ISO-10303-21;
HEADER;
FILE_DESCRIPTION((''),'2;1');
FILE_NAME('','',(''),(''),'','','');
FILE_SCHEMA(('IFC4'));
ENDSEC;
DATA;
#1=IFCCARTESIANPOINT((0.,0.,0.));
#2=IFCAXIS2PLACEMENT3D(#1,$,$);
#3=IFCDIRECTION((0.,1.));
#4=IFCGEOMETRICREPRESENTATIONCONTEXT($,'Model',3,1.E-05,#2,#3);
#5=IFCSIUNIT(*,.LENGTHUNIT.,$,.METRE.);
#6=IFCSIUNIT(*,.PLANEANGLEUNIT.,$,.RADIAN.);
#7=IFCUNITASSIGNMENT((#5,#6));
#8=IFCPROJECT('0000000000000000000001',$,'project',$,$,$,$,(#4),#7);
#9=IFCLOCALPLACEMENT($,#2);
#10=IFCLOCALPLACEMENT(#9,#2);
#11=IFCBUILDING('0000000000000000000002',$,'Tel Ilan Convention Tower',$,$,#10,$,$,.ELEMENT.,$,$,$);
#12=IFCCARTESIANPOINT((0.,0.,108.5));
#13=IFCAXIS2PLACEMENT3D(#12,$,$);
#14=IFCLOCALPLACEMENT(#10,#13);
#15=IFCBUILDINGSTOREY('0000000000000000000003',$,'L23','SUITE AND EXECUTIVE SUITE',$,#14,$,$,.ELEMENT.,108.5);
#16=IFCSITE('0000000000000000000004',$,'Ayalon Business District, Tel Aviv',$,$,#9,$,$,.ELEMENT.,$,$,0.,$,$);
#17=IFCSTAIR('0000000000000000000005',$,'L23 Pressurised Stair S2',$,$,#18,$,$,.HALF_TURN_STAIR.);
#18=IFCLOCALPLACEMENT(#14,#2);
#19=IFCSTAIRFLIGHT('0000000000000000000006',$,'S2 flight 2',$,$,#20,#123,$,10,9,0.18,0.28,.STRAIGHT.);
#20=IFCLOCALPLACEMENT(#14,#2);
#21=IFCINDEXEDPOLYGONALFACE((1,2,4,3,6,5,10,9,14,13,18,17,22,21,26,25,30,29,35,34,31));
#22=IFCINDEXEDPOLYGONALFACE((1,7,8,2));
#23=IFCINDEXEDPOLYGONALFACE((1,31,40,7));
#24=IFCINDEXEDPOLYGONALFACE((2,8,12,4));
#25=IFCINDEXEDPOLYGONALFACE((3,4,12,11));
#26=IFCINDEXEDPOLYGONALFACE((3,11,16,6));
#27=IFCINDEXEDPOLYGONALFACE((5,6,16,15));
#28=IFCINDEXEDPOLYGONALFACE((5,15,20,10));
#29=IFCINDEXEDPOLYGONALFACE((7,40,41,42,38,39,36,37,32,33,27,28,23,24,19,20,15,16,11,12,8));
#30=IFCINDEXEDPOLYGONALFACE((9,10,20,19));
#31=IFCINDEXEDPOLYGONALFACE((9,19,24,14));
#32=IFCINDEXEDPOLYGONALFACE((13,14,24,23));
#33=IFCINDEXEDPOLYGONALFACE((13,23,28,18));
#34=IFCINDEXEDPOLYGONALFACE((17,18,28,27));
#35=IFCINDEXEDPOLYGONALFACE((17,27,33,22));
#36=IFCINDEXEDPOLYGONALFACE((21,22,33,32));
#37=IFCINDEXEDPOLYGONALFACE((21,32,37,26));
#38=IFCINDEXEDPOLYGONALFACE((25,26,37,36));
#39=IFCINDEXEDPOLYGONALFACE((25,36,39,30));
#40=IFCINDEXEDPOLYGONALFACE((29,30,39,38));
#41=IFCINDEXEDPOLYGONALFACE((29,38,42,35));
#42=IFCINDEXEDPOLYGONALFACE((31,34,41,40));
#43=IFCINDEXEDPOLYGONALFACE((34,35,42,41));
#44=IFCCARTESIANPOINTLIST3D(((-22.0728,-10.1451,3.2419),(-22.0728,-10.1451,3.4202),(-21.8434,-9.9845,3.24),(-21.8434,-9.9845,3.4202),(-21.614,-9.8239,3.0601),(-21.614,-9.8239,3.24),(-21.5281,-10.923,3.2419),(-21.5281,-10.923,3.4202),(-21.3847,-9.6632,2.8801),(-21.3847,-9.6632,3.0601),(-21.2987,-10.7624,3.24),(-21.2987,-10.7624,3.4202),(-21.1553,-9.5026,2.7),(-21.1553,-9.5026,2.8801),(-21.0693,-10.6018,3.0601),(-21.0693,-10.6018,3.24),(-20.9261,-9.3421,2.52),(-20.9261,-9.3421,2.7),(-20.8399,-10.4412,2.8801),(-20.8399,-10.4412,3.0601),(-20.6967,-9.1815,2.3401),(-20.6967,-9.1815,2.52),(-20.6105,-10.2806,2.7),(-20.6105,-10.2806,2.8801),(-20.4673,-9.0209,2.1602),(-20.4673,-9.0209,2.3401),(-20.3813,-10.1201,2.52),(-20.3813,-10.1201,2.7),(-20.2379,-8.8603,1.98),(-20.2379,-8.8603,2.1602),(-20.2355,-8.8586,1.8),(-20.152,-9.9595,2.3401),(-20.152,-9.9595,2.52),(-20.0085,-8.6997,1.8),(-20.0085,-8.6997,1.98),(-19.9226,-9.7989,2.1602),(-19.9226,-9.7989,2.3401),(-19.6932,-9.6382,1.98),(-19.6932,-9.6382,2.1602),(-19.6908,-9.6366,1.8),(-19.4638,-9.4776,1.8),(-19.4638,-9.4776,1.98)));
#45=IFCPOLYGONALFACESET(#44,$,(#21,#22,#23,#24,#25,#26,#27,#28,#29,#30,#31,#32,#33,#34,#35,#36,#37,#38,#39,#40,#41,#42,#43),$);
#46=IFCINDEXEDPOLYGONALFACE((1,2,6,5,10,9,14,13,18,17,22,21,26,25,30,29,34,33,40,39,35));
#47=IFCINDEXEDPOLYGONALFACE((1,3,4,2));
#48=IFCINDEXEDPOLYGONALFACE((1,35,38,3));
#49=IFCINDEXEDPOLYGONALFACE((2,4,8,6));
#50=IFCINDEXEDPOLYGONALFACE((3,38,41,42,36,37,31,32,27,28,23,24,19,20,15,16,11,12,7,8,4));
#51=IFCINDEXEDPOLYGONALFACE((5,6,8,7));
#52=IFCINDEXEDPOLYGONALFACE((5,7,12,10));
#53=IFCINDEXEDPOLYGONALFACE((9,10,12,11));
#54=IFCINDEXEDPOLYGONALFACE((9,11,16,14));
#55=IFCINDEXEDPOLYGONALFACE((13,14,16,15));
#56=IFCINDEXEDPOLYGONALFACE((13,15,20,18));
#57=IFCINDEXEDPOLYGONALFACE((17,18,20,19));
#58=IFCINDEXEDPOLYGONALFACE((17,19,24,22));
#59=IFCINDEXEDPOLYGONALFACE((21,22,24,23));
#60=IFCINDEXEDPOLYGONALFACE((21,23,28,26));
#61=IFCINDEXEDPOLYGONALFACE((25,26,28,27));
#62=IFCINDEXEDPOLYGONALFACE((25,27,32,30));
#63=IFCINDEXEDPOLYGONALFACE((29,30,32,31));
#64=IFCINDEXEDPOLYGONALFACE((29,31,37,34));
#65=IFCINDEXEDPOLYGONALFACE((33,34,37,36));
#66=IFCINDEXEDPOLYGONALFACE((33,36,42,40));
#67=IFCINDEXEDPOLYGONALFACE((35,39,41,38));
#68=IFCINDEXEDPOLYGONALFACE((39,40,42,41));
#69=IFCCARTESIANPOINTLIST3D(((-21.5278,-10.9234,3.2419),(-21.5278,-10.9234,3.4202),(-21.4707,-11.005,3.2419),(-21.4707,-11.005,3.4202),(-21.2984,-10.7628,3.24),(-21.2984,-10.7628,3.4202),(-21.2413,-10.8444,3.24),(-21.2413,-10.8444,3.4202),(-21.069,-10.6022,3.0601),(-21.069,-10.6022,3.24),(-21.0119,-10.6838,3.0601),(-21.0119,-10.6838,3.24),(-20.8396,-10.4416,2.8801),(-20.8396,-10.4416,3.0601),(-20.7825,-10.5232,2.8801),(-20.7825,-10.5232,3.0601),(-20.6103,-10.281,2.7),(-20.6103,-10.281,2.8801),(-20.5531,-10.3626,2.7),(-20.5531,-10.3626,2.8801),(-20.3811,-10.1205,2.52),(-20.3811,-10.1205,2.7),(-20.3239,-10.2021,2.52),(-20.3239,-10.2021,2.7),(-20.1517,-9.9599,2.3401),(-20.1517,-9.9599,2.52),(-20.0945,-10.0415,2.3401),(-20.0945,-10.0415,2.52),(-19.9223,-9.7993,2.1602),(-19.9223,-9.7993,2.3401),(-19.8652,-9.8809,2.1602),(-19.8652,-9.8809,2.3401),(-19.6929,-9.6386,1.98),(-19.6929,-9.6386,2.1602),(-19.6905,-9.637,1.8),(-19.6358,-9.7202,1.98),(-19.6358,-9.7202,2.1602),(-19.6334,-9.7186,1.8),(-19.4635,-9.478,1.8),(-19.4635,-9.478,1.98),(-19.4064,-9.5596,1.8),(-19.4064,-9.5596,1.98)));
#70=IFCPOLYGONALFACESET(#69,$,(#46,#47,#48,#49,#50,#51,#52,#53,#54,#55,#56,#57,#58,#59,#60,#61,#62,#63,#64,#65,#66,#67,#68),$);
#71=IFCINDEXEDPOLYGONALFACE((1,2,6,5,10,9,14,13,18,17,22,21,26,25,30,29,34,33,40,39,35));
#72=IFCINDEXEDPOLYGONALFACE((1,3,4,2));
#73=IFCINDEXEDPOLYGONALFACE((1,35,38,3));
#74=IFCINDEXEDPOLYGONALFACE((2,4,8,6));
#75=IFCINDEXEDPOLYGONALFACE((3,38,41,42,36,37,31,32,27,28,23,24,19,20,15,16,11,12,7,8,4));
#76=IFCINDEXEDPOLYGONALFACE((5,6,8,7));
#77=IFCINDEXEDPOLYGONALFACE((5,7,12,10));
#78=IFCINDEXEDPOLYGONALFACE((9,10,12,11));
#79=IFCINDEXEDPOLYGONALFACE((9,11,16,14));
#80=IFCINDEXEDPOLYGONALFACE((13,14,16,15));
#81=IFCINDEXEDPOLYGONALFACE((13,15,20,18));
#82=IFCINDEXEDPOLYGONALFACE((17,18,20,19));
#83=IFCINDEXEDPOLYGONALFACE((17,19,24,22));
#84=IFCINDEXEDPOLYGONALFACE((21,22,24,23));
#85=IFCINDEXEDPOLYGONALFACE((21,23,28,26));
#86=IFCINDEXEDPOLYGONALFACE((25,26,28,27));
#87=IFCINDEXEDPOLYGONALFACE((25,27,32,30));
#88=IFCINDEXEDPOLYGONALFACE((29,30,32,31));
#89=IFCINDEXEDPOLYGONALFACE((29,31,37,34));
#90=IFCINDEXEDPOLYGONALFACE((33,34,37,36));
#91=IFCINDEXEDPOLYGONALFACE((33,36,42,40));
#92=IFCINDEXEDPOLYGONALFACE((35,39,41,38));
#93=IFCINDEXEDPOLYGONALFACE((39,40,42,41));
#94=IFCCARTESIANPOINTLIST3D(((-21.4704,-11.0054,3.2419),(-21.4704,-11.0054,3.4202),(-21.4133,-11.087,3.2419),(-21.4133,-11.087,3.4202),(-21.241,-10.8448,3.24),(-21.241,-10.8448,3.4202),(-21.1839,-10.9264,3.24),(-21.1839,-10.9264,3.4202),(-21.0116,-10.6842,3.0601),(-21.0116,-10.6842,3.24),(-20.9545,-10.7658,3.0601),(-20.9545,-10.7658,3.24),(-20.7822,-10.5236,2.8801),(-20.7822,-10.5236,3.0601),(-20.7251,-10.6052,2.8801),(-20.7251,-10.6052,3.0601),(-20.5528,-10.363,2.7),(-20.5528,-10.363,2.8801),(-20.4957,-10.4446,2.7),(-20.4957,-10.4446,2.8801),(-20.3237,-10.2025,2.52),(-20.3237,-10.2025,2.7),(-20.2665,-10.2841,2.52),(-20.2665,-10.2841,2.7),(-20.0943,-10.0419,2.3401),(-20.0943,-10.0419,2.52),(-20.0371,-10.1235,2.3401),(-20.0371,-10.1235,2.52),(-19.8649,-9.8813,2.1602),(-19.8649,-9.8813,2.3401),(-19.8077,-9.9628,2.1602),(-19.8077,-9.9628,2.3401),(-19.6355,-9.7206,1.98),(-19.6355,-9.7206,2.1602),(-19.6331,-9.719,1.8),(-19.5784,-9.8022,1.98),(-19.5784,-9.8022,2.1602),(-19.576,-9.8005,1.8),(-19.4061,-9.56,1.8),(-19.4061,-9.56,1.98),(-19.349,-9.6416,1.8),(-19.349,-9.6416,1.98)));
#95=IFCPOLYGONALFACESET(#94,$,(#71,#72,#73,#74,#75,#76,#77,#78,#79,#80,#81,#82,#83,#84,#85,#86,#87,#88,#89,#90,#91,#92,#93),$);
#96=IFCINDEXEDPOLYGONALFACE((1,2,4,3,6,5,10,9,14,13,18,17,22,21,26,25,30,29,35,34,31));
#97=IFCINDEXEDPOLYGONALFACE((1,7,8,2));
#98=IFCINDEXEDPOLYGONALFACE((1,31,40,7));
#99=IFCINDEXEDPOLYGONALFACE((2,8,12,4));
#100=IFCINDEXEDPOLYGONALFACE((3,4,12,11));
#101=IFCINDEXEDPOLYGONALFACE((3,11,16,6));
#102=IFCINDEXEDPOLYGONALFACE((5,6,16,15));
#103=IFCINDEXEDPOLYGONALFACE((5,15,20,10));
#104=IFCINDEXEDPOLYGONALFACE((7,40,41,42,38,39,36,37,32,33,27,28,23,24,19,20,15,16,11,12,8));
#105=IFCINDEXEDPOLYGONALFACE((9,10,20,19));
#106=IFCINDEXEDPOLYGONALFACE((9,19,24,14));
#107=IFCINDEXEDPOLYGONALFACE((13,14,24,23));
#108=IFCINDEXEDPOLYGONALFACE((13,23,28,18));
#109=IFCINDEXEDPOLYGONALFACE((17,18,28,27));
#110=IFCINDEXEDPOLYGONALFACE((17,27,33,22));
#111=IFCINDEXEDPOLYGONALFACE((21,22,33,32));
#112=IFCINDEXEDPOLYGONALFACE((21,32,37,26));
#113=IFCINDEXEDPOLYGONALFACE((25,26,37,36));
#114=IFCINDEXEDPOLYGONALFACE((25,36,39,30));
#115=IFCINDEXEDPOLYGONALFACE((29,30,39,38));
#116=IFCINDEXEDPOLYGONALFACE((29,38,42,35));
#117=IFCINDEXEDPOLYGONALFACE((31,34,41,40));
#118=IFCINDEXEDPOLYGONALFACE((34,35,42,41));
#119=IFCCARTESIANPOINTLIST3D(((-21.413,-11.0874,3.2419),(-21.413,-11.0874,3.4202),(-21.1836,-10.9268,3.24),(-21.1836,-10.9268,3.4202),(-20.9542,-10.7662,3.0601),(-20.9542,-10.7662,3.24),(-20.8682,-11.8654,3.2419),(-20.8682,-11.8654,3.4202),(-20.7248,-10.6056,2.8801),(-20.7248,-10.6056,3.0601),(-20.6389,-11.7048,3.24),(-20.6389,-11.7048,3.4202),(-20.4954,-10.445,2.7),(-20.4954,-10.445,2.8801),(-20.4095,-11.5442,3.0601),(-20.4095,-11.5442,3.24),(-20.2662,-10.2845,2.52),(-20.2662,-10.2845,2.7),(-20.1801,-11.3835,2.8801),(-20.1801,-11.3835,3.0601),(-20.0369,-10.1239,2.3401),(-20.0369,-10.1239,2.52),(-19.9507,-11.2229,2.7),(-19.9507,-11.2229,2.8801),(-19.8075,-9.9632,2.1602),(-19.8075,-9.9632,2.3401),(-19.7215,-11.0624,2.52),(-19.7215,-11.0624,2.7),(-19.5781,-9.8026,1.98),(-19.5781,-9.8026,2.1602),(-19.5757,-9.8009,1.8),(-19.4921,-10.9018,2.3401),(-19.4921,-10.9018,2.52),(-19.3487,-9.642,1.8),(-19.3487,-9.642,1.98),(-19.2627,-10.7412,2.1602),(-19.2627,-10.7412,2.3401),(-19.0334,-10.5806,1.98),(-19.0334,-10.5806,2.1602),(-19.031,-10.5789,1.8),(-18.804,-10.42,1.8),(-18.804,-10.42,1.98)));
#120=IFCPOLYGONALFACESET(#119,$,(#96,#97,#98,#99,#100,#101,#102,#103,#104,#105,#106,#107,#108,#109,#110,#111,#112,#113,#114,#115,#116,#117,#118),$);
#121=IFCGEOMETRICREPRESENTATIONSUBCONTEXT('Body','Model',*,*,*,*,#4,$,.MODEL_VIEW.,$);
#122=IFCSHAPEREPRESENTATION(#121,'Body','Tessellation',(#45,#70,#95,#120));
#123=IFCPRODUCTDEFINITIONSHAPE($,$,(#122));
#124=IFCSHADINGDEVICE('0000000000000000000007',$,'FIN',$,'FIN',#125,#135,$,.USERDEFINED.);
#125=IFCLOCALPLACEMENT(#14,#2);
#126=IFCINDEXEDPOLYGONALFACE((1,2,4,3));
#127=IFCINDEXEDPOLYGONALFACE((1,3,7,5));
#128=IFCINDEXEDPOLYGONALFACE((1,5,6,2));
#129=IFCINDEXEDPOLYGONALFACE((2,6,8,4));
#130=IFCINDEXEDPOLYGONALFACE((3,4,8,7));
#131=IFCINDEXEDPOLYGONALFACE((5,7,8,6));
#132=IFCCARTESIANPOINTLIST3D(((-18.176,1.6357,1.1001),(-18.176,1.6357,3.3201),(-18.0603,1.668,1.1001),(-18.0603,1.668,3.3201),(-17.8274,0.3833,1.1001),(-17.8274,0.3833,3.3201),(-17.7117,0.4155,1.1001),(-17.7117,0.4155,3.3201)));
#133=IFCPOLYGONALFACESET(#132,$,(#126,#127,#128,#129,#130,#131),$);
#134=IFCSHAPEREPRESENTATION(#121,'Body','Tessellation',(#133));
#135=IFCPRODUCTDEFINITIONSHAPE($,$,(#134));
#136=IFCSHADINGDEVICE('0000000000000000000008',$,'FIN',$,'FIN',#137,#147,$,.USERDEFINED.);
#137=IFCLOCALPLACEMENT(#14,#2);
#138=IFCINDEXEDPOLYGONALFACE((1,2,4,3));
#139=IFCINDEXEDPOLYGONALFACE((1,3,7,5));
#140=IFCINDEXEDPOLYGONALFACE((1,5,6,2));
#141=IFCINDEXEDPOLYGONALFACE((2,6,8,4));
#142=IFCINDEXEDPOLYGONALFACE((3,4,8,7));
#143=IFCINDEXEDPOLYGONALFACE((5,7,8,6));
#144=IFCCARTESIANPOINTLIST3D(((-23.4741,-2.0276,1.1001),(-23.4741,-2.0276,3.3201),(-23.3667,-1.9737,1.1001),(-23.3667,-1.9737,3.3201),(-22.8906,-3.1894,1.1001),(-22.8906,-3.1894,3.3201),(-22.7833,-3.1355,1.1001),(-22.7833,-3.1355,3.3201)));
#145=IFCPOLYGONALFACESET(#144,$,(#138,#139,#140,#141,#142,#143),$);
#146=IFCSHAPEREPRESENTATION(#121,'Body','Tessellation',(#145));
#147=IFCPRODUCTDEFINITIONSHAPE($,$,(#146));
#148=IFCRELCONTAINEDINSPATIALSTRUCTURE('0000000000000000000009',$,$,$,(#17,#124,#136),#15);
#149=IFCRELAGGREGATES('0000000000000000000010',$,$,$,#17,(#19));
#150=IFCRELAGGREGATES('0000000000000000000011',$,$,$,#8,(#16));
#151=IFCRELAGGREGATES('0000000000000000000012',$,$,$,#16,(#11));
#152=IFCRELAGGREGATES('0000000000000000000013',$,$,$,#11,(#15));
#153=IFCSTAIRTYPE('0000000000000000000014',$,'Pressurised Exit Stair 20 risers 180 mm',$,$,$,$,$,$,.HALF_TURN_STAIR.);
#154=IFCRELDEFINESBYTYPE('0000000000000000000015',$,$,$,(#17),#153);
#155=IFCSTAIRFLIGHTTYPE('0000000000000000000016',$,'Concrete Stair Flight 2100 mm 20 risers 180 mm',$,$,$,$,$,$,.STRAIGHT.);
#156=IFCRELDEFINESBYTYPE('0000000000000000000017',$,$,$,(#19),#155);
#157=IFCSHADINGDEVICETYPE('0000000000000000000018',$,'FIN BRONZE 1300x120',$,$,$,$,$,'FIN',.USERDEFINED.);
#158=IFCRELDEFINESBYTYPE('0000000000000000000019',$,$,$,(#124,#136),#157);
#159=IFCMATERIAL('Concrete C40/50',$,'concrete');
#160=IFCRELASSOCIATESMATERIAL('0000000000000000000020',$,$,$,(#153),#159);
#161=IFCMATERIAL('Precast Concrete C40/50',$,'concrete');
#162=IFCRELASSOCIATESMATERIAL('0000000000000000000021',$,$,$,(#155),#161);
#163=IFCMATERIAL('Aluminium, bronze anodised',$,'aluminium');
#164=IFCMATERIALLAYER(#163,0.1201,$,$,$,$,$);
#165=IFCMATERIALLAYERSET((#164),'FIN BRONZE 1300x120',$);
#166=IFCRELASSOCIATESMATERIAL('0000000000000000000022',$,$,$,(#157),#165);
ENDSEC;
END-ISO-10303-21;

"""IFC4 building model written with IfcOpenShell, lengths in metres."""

from ifc_helpers import new_model, si_unit, direction, frame, origin, origin_2d, place, context, subcontext, project, spatial, polyline, rectangle, outline, extrude, material, layer, layer_set, type_object, element, aggregate, save


model = new_model("IFC4")

# Units and contexts
model_context = context("Model", 3, precision=1e-05, world=origin(), true_north=direction((0.0, 1.0)))
body_context = subcontext(model_context, "Body", "Model", "MODEL_VIEW")
ifc_project = project(units=[si_unit("LENGTHUNIT", "METRE"), si_unit("PLANEANGLEUNIT", "RADIAN")], contexts=[model_context])

# Site, building, storey
site_placement = place(None, origin())
site = spatial("IfcSite", under=ifc_project, at=site_placement, Name="Ayalon Business District, Tel Aviv", CompositionType="ELEMENT", RefElevation=0.0)
building_placement = place(site_placement, origin())
building = spatial("IfcBuilding", under=site, at=building_placement, Name="Tel Ilan Convention Tower", CompositionType="ELEMENT")
storey_placement = place(building_placement, frame((0.0, 0.0, 108.5)))
storey = spatial("IfcBuildingStorey", under=building, at=storey_placement, Name="L23", Description="SUITE AND EXECUTIVE SUITE", CompositionType="ELEMENT", Elevation=108.5)

# Stair, stair flight
ifc_material_1 = material(Name="Concrete C40/50", Category="concrete")
stair_type = type_object("IfcStairType", Name="Pressurised Exit Stair 20 risers 180 mm", PredefinedType="HALF_TURN_STAIR", material=ifc_material_1)
ifc_material_2 = material(Name="Precast Concrete C40/50", Category="concrete")
stair_flight_type = type_object("IfcStairFlightType", Name="Concrete Stair Flight 2100 mm 20 risers 180 mm", PredefinedType="STRAIGHT", material=ifc_material_2)
stair_1_placement = place(storey_placement, origin())
stair_1 = element("IfcStair", 1, at=stair_1_placement, inside=storey, type_object=stair_type, Name="L23 Pressurised Stair S2", PredefinedType="HALF_TURN_STAIR")
stair_flight_1_placement = place(storey_placement, frame((-19.4062, -9.5598, 1.8), z_axis=(0.0, 0.0, 1.0), x_axis=(-0.819152, -0.573576, 0.0)))
stair_flight_1 = element("IfcStairFlight", 2, at=stair_flight_1_placement, type_object=stair_flight_type, Name="S2 flight 2", NumberOfRisers=10, NumberOfTreads=9, PredefinedType="STRAIGHT", RiserHeight=0.18, TreadLength=0.28, context=body_context, shape_type="SweptSolid", body=[
    extrude(outline(polyline([(0.0, 0.0), (0.0, 0.1799), (0.28, 0.1799), (0.28, 0.3601), (0.5601, 0.3601), (0.5601, 0.54), (0.8401, 0.54), (0.8401, 0.72), (1.1201, 0.72), (1.1201, 0.8999), (1.3999, 0.8999), (1.3999, 1.0801), (1.6799, 1.0801), (1.6799, 1.26), (1.96, 1.26), (1.96, 1.4399), (2.24, 1.4399), (2.24, 1.6201), (2.52, 1.6201), (2.52, 1.8), (2.52, 1.4419), (0.2771, 0.0), (0.0, 0.0)])), frame((0.0, -0.1003, 0.0), z_axis=(0.0, -1.0, 0.0), x_axis=(1.0, 0.0, 0.0)), (0.0, 0.0, 1.0), 0.9497),
    extrude(outline(polyline([(0.0, 0.0), (0.0, 0.1799), (0.28, 0.1799), (0.28, 0.3601), (0.5601, 0.3601), (0.5601, 0.54), (0.8401, 0.54), (0.8401, 0.72), (1.1201, 0.72), (1.1201, 0.8999), (1.3999, 0.8999), (1.3999, 1.0801), (1.6799, 1.0801), (1.6799, 1.26), (1.96, 1.26), (1.96, 1.4399), (2.24, 1.4399), (2.24, 1.6201), (2.52, 1.6201), (2.52, 1.8), (2.52, 1.4419), (0.2771, 0.0), (0.0, 0.0)])), frame((0.0, -0.0002, 0.0), z_axis=(0.0, -1.0, 0.0), x_axis=(1.0, 0.0, 0.0)), (0.0, 0.0, 1.0), 0.0996),
    extrude(outline(polyline([(0.0, 0.0), (0.0, 0.1799), (0.28, 0.1799), (0.28, 0.3601), (0.5601, 0.3601), (0.5601, 0.54), (0.8401, 0.54), (0.8401, 0.72), (1.1201, 0.72), (1.1201, 0.8999), (1.3999, 0.8999), (1.3999, 1.0801), (1.6799, 1.0801), (1.6799, 1.26), (1.96, 1.26), (1.96, 1.4399), (2.24, 1.4399), (2.24, 1.6201), (2.52, 1.6201), (2.52, 1.8), (2.52, 1.4419), (0.2771, 0.0), (0.0, 0.0)])), frame((0.0, 0.0999, 0.0), z_axis=(0.0, -1.0, 0.0), x_axis=(1.0, 0.0, 0.0)), (0.0, 0.0, 1.0), 0.0996),
    extrude(outline(polyline([(0.0, 0.0), (0.0, 0.1799), (0.28, 0.1799), (0.28, 0.3601), (0.5601, 0.3601), (0.5601, 0.54), (0.8401, 0.54), (0.8401, 0.72), (1.1201, 0.72), (1.1201, 0.8999), (1.3999, 0.8999), (1.3999, 1.0801), (1.6799, 1.0801), (1.6799, 1.26), (1.96, 1.26), (1.96, 1.4399), (2.24, 1.4399), (2.24, 1.6201), (2.52, 1.6201), (2.52, 1.8), (2.52, 1.4419), (0.2771, 0.0), (0.0, 0.0)])), frame((0.0, 1.05, 0.0), z_axis=(0.0, -1.0, 0.0), x_axis=(1.0, 0.0, 0.0)), (0.0, 0.0, 1.0), 0.9497),
])
aggregate(stair_1, [stair_flight_1])

# Shading devices
ifc_material_3 = material(Name="Aluminium, bronze anodised", Category="aluminium")
ifc_layer_1 = layer(ifc_material_3, 0.1201)
ifc_layer_set_1 = layer_set([ifc_layer_1], Name="FIN BRONZE 1300x120")
shading_device_type = type_object("IfcShadingDeviceType", Name="FIN BRONZE 1300x120", ElementType="FIN", PredefinedType="USERDEFINED", material=ifc_layer_set_1)
for number, where, z_axis, x_axis, name in (
    (3, (-17.9438, 1.0256, 1.1001), (0.0, 0.0, 1.0), (-0.268173, 0.963371, 0.0), "FIN"),
    (4, (-23.1287, -2.5815, 1.1001), (0.0, 0.0, 1.0), (-0.448799, 0.893633, 0.0), "FIN"),
):
    element("IfcShadingDevice", number, at=place(storey_placement, frame(where, z_axis=z_axis, x_axis=x_axis)), inside=storey, type_object=shading_device_type, Name=name, ObjectType="FIN", PredefinedType="USERDEFINED", context=body_context, shape_type="SweptSolid", body=[
        extrude(rectangle(XDim=1.3, YDim=0.1201, at=origin_2d()), origin(), (0.0, 0.0, 1.0), 2.22),
    ])

save(model, "model.ifc")
